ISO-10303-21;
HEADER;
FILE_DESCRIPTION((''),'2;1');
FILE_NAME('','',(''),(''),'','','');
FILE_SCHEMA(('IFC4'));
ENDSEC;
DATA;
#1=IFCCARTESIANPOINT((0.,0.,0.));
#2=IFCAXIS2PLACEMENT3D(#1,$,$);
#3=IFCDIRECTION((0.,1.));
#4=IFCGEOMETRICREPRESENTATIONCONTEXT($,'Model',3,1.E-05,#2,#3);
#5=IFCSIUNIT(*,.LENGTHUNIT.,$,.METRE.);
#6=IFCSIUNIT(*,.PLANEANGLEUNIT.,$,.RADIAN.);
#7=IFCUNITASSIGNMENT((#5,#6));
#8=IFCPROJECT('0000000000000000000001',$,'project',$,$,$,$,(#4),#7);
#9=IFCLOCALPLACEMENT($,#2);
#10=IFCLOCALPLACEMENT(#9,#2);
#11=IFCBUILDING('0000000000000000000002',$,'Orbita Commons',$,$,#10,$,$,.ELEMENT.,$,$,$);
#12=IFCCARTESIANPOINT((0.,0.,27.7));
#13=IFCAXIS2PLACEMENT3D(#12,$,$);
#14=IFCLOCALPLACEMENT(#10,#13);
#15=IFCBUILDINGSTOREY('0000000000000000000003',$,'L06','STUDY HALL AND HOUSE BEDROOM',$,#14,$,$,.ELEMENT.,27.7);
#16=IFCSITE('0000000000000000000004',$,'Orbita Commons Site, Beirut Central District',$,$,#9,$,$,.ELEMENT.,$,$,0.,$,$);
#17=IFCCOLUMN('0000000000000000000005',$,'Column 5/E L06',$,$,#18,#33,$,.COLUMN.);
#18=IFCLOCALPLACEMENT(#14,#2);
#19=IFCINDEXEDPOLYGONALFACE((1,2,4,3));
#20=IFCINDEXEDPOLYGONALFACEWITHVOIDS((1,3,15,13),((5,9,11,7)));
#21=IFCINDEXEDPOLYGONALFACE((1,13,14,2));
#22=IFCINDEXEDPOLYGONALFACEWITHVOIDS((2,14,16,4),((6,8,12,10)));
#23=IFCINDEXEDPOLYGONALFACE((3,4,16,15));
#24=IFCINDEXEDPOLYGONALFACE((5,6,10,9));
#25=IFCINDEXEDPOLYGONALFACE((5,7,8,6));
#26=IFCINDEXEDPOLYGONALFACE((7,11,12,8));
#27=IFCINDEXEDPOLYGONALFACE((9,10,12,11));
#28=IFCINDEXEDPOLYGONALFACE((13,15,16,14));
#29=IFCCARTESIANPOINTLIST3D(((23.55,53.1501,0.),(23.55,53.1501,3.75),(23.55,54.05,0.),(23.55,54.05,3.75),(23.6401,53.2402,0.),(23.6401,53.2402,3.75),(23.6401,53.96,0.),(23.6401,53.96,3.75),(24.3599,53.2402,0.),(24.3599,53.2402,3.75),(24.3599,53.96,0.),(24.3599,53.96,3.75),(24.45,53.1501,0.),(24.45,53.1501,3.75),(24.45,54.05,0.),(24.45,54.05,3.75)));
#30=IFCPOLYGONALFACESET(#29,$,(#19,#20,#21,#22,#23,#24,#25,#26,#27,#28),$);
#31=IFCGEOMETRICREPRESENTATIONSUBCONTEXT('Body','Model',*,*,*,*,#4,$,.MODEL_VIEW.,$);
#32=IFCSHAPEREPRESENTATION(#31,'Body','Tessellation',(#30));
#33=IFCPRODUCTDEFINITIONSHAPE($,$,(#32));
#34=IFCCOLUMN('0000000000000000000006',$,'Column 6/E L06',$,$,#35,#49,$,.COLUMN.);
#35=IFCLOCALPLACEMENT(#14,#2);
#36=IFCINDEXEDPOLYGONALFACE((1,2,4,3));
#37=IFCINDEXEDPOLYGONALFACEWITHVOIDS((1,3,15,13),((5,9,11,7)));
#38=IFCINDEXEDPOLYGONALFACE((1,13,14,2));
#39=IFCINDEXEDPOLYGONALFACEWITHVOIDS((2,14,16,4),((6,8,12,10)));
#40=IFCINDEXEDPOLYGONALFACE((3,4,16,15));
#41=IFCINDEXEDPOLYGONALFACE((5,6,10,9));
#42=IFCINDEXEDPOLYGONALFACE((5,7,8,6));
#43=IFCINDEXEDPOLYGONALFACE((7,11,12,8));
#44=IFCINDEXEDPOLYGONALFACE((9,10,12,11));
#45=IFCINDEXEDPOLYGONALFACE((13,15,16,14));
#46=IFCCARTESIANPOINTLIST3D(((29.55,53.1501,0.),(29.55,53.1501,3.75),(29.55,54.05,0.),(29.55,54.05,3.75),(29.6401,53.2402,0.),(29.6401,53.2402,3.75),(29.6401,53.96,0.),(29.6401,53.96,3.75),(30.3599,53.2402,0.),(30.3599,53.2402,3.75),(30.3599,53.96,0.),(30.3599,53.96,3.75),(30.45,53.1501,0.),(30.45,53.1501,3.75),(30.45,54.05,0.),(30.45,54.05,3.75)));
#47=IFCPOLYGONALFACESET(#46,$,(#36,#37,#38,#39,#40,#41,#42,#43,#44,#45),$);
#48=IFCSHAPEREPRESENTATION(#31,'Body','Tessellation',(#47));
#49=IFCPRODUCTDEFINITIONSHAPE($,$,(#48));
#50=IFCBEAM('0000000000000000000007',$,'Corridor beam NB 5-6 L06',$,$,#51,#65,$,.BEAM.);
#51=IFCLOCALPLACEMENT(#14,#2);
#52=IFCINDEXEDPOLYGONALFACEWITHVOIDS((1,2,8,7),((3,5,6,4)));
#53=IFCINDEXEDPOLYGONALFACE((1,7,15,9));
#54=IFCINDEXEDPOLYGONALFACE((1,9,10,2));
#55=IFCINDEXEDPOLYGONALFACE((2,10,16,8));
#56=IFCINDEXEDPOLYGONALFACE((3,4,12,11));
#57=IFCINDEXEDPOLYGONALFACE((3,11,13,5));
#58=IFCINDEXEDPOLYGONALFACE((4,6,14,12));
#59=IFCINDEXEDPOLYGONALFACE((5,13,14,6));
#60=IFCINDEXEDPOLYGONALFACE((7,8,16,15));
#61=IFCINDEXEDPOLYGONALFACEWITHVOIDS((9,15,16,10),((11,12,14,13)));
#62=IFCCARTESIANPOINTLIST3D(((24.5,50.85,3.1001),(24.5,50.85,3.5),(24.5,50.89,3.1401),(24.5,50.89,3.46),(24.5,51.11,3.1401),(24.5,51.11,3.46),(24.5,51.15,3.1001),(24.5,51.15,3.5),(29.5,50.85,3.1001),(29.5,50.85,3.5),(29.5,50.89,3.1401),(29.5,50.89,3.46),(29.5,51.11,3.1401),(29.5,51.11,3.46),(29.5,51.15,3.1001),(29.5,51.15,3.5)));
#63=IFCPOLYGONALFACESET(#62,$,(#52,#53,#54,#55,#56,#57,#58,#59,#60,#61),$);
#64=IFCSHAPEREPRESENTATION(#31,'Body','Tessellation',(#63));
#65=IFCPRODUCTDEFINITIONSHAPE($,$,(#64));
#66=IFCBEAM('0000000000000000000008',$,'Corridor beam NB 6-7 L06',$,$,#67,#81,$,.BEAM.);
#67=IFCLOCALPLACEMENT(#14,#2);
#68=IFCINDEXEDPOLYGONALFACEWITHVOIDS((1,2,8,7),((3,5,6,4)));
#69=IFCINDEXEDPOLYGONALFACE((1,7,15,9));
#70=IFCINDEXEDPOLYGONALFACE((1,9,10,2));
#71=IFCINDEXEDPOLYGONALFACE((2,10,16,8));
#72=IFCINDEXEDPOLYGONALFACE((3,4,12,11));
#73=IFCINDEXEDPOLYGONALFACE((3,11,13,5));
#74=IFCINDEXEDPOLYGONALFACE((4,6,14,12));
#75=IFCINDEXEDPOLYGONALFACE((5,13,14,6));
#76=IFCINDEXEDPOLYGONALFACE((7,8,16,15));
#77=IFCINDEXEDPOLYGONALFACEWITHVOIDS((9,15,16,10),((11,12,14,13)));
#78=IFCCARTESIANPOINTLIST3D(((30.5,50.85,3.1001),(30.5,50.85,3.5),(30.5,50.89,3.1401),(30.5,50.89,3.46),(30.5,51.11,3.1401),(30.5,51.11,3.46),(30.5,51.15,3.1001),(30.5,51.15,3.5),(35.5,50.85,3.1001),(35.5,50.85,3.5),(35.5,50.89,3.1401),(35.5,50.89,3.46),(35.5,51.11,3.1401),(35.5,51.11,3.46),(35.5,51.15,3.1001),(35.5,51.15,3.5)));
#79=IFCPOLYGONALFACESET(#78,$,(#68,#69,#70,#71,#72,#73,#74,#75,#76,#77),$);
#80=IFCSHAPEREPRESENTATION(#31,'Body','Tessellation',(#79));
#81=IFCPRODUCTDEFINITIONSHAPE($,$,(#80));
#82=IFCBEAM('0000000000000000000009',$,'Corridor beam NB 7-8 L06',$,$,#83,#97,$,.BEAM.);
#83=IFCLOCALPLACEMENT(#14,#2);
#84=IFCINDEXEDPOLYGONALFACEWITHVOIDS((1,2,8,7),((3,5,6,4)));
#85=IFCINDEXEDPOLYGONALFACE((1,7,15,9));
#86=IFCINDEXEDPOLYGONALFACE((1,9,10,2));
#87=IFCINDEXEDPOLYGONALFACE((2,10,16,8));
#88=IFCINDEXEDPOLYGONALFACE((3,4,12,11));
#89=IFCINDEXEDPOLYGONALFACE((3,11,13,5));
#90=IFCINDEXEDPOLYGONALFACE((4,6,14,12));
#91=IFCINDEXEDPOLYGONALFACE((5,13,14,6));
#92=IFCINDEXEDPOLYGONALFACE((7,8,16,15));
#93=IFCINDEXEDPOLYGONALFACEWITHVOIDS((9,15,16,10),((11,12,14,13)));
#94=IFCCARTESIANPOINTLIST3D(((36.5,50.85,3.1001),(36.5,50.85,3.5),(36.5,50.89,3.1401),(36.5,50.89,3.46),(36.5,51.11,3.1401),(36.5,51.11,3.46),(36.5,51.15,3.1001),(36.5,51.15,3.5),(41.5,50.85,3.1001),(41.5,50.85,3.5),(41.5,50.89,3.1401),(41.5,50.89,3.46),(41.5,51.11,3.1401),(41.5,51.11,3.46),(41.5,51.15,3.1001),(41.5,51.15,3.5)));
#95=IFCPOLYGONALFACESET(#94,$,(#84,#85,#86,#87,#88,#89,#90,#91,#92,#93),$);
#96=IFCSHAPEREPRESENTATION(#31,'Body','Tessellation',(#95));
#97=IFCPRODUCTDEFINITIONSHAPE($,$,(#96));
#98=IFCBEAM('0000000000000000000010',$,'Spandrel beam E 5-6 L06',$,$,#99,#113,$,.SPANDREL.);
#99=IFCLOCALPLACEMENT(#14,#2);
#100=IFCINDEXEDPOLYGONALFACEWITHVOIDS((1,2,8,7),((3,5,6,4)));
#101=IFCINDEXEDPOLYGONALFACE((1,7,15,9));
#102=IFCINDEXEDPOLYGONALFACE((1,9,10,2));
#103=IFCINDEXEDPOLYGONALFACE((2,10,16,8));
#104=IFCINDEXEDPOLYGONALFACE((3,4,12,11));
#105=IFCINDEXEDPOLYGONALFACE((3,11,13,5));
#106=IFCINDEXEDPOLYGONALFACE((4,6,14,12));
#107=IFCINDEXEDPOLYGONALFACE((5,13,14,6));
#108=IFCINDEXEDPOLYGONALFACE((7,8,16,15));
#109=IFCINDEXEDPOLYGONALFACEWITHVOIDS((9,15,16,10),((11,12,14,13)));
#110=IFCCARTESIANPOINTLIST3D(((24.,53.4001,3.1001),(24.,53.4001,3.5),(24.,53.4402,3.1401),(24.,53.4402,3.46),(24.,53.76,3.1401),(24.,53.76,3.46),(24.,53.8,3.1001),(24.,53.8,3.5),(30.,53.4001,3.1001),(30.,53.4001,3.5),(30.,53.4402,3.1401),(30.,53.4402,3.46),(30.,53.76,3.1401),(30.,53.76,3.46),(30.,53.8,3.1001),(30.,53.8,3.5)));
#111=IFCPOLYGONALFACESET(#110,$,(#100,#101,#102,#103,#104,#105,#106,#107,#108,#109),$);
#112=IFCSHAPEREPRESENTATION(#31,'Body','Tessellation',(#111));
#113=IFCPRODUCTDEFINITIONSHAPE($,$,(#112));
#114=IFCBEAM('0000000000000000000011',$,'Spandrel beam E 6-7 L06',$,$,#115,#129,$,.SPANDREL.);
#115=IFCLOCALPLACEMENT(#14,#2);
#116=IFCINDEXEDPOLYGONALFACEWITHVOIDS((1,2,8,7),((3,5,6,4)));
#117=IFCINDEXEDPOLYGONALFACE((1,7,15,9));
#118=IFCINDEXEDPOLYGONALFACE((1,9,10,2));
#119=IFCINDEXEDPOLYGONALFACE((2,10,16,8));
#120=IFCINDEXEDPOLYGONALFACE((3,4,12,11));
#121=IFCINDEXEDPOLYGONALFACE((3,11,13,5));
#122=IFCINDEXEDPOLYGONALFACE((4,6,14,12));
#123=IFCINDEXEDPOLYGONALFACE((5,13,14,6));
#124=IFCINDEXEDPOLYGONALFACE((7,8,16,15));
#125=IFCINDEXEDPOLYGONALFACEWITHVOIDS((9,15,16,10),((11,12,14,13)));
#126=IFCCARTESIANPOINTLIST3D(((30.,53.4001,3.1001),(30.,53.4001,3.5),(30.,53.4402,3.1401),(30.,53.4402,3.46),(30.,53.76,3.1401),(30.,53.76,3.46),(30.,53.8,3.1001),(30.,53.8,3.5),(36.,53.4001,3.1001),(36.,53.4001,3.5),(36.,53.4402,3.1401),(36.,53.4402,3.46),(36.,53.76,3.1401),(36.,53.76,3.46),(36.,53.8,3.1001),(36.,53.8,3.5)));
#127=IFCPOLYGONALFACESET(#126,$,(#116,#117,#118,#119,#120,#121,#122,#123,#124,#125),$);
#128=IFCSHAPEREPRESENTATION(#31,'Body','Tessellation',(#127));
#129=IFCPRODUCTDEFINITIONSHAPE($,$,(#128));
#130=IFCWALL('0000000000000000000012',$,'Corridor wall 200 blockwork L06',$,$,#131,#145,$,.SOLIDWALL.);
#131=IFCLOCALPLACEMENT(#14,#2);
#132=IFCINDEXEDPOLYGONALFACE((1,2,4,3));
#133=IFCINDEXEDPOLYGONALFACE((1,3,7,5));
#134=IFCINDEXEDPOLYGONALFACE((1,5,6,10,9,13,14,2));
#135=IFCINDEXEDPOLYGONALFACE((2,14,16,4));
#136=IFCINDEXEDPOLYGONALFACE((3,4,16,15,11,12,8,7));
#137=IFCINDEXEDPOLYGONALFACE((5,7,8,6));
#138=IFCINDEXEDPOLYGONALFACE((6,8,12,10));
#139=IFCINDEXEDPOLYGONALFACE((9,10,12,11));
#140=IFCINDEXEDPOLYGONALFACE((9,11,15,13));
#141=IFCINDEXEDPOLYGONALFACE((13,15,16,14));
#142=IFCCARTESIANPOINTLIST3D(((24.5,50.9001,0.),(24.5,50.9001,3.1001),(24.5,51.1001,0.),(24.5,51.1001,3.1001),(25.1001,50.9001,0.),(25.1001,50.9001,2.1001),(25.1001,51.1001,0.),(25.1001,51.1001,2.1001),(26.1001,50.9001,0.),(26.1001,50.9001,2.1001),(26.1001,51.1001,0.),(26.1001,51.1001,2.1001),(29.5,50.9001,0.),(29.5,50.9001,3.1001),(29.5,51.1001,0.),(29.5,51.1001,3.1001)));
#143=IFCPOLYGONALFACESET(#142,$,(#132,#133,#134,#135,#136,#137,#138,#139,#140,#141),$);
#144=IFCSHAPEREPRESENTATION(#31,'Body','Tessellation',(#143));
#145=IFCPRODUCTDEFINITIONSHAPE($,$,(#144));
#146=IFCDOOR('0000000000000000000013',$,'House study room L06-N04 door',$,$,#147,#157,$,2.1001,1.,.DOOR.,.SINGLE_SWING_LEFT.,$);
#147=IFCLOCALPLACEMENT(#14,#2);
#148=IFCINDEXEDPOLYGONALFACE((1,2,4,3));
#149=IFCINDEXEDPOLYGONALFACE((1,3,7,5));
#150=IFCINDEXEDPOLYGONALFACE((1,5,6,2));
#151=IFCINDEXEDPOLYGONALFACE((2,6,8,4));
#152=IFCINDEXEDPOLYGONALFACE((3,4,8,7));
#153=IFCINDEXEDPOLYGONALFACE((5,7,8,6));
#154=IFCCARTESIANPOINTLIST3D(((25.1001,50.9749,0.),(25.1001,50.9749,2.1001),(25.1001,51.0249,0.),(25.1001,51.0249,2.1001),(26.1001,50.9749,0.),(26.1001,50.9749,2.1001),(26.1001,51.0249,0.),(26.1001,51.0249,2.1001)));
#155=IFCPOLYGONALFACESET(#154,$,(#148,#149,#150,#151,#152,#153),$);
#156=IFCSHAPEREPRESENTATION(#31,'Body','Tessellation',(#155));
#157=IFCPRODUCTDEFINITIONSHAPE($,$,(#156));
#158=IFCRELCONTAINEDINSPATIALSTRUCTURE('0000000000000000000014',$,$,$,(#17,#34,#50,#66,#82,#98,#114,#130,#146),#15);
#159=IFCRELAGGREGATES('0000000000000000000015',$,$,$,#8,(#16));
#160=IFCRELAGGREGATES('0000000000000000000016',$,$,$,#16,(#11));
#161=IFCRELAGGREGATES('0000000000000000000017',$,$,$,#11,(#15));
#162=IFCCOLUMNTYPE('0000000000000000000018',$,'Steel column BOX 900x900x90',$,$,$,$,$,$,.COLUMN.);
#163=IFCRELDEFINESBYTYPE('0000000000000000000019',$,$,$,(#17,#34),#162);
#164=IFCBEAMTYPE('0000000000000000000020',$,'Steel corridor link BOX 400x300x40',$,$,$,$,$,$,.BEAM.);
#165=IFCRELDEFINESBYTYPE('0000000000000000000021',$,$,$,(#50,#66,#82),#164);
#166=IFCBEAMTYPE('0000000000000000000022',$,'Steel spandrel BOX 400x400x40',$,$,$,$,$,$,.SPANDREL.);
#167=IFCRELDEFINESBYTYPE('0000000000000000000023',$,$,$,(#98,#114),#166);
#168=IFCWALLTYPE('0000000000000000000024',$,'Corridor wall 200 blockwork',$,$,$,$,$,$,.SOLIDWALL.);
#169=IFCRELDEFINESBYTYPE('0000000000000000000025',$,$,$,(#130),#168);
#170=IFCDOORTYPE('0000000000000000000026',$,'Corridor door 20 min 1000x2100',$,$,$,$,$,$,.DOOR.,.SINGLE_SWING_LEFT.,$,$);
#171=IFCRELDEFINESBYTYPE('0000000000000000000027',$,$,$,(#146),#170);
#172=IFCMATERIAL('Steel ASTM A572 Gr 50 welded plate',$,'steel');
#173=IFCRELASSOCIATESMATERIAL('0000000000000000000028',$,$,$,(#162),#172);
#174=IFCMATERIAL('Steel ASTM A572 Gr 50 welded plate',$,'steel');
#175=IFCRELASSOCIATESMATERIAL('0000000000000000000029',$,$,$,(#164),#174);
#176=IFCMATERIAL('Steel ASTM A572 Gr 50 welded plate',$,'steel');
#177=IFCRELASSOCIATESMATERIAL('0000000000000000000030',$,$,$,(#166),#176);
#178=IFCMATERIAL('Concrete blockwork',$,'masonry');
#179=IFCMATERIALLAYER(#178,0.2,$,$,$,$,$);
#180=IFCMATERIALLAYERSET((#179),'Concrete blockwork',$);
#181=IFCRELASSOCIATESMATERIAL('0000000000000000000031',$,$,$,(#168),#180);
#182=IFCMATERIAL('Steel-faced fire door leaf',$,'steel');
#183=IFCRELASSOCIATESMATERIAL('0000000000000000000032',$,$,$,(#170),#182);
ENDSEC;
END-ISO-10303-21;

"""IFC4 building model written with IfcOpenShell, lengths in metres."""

from ifc_helpers import new_model, si_unit, direction, frame, frame_2d, origin, origin_2d, place, context, subcontext, project, spatial, polyline, rectangle, hollow_rectangle, outline, extrude, material, layer, layer_set, material_profile, profile_set, type_object, element, fill, save


model = new_model("IFC4")

# Units and contexts
model_context = context("Model", 3, precision=1e-05, world=origin(), true_north=direction((0.0, 1.0)))
body_context = subcontext(model_context, "Body", "Model", "MODEL_VIEW")
ifc_project = project(units=[si_unit("LENGTHUNIT", "METRE"), si_unit("PLANEANGLEUNIT", "RADIAN")], contexts=[model_context])

# Site, building, storey
site_placement = place(None, origin())
site = spatial("IfcSite", under=ifc_project, at=site_placement, Name="Orbita Commons Site, Beirut Central District", CompositionType="ELEMENT", RefElevation=0.0)
building_placement = place(site_placement, origin())
building = spatial("IfcBuilding", under=site, at=building_placement, Name="Orbita Commons", CompositionType="ELEMENT")
storey_placement = place(building_placement, frame((0.0, 0.0, 27.7)))
storey = spatial("IfcBuildingStorey", under=building, at=storey_placement, Name="L06", Description="STUDY HALL AND HOUSE BEDROOM", CompositionType="ELEMENT", Elevation=27.7)

# Columns
ifc_material_1 = material(Name="Steel ASTM A572 Gr 50 welded plate", Category="steel")
ifc_material_profile_1 = material_profile(ifc_material_1, hollow_rectangle(XDim=0.8999, YDim=0.8999, WallThickness=0.0901, at=origin_2d()), Name="BOX 900x900x90")
ifc_profile_set_1 = profile_set([ifc_material_profile_1], Name="Steel ASTM A572 Gr 50 welded plate")
column_type = type_object("IfcColumnType", Name="Steel column BOX 900x900x90", PredefinedType="COLUMN", material=ifc_profile_set_1)
for number, where, z_axis, x_axis, name in (
    (1, (24.0, 53.6001, 0.0), (0.0, 0.0, 1.0), (1.0, 0.0, 0.0), "Column 5/E L06"),
    (2, (30.0, 53.6001, 0.0), (0.0, 0.0, 1.0), (1.0, 0.0, 0.0), "Column 6/E L06"),
):
    element("IfcColumn", number, at=place(storey_placement, frame(where, z_axis=z_axis, x_axis=x_axis)), inside=storey, type_object=column_type, Name=name, PredefinedType="COLUMN", context=body_context, shape_type="SweptSolid", body=[
        extrude(hollow_rectangle(XDim=0.8999, YDim=0.8999, WallThickness=0.0901, at=origin_2d()), origin(), (0.0, 0.0, 1.0), 3.75),
    ])

# Beams
ifc_material_2 = material(Name="Steel ASTM A572 Gr 50 welded plate", Category="steel")
ifc_material_profile_2 = material_profile(ifc_material_2, hollow_rectangle(XDim=0.3, YDim=0.3999, WallThickness=0.04, at=origin_2d()), Name="BOX 400x300x40")
ifc_profile_set_2 = profile_set([ifc_material_profile_2], Name="Steel ASTM A572 Gr 50 welded plate")
beam_type_1 = type_object("IfcBeamType", Name="Steel corridor link BOX 400x300x40", PredefinedType="BEAM", material=ifc_profile_set_2)
for number, where, z_axis, x_axis, name in (
    (3, (24.5, 51.0, 3.3), (1.0, 0.0, 0.0), (0.0, 1.0, 0.0), "Corridor beam NB 5-6 L06"),
    (4, (30.5, 51.0, 3.3), (1.0, 0.0, 0.0), (0.0, 1.0, 0.0), "Corridor beam NB 6-7 L06"),
    (5, (36.5, 51.0, 3.3), (1.0, 0.0, 0.0), (0.0, 1.0, 0.0), "Corridor beam NB 7-8 L06"),
):
    element("IfcBeam", number, at=place(storey_placement, frame(where, z_axis=z_axis, x_axis=x_axis)), inside=storey, type_object=beam_type_1, Name=name, PredefinedType="BEAM", context=body_context, shape_type="SweptSolid", body=[
        extrude(hollow_rectangle(XDim=0.3, YDim=0.3999, WallThickness=0.04, at=origin_2d()), origin(), (0.0, 0.0, 1.0), 5.0),
    ])
ifc_material_3 = material(Name="Steel ASTM A572 Gr 50 welded plate", Category="steel")
ifc_material_profile_3 = material_profile(ifc_material_3, hollow_rectangle(XDim=0.3999, YDim=0.3999, WallThickness=0.04, at=origin_2d()), Name="BOX 400x400x40")
ifc_profile_set_3 = profile_set([ifc_material_profile_3], Name="Steel ASTM A572 Gr 50 welded plate")
beam_type_2 = type_object("IfcBeamType", Name="Steel spandrel BOX 400x400x40", PredefinedType="SPANDREL", material=ifc_profile_set_3)
for number, where, z_axis, x_axis, name in (
    (6, (24.0, 53.6001, 3.3), (1.0, 0.0, 0.0), (0.0, 1.0, 0.0), "Spandrel beam E 5-6 L06"),
    (7, (30.0, 53.6001, 3.3), (1.0, 0.0, 0.0), (0.0, 1.0, 0.0), "Spandrel beam E 6-7 L06"),
):
    element("IfcBeam", number, at=place(storey_placement, frame(where, z_axis=z_axis, x_axis=x_axis)), inside=storey, type_object=beam_type_2, Name=name, PredefinedType="SPANDREL", context=body_context, shape_type="SweptSolid", body=[
        extrude(hollow_rectangle(XDim=0.3999, YDim=0.3999, WallThickness=0.04, at=origin_2d()), origin(), (0.0, 0.0, 1.0), 6.0),
    ])

# Wall, opening, door
ifc_material_4 = material(Name="Concrete blockwork", Category="masonry")
ifc_layer_1 = layer(ifc_material_4, 0.2)
ifc_layer_set_1 = layer_set([ifc_layer_1], Name="Concrete blockwork")
wall_type_1 = type_object("IfcWallType", Name="Corridor wall 200 blockwork", PredefinedType="SOLIDWALL", material=ifc_layer_set_1)
wall_1_placement = place(storey_placement, frame((24.5, 51.0, 0.0), z_axis=(0.0, 0.0, 1.0), x_axis=(1.0, 0.0, 0.0)))
wall_1 = element("IfcWall", 8, at=wall_1_placement, inside=storey, type_object=wall_type_1, Name="Corridor wall 200 blockwork L06", PredefinedType="SOLIDWALL", context=body_context, shape_type="SweptSolid", body=[
    extrude(outline(polyline([(0.0, 0.0), (5.0, 0.0), (5.0, 3.1001), (0.0, 3.1001), (0.0, 0.0)])), frame((0.0, 0.1001, 0.0), z_axis=(0.0, -1.0, 0.0), x_axis=(1.0, 0.0, 0.0)), (0.0, 0.0, 1.0), 0.2),
])
opening_1_placement = place(wall_1_placement, frame((0.6001, 0.0, 0.0)))
opening_1 = element("IfcOpeningElement", 9, at=opening_1_placement, cuts=wall_1, PredefinedType="OPENING", context=body_context, shape_type="SweptSolid", body=[
    extrude(rectangle(XDim=1.0, YDim=2.1001, at=frame_2d((0.5, 1.05))), frame((0.0, 0.1099, 0.0), z_axis=(0.0, -1.0, 0.0), x_axis=(1.0, 0.0, 0.0)), (0.0, 0.0, 1.0), 0.22),
])
ifc_material_5 = material(Name="Steel-faced fire door leaf", Category="steel")
door_type_1 = type_object("IfcDoorType", Name="Corridor door 20 min 1000x2100", OperationType="SINGLE_SWING_LEFT", PredefinedType="DOOR", material=ifc_material_5)
door_1_placement = place(opening_1_placement, origin())
door_1 = element("IfcDoor", 10, at=door_1_placement, inside=storey, type_object=door_type_1, Name="House study room L06-N04 door", OperationType="SINGLE_SWING_LEFT", OverallHeight=2.1001, OverallWidth=1.0, PredefinedType="DOOR", context=body_context, shape_type="SweptSolid", body=[
    extrude(rectangle(XDim=1.0, YDim=2.1001, at=frame_2d((0.5, 1.05))), frame((0.0, 0.0249, 0.0), z_axis=(0.0, -1.0, 0.0), x_axis=(1.0, 0.0, 0.0)), (0.0, 0.0, 1.0), 0.05),
])
fill(opening_1, door_1)

save(model, "model.ifc")
